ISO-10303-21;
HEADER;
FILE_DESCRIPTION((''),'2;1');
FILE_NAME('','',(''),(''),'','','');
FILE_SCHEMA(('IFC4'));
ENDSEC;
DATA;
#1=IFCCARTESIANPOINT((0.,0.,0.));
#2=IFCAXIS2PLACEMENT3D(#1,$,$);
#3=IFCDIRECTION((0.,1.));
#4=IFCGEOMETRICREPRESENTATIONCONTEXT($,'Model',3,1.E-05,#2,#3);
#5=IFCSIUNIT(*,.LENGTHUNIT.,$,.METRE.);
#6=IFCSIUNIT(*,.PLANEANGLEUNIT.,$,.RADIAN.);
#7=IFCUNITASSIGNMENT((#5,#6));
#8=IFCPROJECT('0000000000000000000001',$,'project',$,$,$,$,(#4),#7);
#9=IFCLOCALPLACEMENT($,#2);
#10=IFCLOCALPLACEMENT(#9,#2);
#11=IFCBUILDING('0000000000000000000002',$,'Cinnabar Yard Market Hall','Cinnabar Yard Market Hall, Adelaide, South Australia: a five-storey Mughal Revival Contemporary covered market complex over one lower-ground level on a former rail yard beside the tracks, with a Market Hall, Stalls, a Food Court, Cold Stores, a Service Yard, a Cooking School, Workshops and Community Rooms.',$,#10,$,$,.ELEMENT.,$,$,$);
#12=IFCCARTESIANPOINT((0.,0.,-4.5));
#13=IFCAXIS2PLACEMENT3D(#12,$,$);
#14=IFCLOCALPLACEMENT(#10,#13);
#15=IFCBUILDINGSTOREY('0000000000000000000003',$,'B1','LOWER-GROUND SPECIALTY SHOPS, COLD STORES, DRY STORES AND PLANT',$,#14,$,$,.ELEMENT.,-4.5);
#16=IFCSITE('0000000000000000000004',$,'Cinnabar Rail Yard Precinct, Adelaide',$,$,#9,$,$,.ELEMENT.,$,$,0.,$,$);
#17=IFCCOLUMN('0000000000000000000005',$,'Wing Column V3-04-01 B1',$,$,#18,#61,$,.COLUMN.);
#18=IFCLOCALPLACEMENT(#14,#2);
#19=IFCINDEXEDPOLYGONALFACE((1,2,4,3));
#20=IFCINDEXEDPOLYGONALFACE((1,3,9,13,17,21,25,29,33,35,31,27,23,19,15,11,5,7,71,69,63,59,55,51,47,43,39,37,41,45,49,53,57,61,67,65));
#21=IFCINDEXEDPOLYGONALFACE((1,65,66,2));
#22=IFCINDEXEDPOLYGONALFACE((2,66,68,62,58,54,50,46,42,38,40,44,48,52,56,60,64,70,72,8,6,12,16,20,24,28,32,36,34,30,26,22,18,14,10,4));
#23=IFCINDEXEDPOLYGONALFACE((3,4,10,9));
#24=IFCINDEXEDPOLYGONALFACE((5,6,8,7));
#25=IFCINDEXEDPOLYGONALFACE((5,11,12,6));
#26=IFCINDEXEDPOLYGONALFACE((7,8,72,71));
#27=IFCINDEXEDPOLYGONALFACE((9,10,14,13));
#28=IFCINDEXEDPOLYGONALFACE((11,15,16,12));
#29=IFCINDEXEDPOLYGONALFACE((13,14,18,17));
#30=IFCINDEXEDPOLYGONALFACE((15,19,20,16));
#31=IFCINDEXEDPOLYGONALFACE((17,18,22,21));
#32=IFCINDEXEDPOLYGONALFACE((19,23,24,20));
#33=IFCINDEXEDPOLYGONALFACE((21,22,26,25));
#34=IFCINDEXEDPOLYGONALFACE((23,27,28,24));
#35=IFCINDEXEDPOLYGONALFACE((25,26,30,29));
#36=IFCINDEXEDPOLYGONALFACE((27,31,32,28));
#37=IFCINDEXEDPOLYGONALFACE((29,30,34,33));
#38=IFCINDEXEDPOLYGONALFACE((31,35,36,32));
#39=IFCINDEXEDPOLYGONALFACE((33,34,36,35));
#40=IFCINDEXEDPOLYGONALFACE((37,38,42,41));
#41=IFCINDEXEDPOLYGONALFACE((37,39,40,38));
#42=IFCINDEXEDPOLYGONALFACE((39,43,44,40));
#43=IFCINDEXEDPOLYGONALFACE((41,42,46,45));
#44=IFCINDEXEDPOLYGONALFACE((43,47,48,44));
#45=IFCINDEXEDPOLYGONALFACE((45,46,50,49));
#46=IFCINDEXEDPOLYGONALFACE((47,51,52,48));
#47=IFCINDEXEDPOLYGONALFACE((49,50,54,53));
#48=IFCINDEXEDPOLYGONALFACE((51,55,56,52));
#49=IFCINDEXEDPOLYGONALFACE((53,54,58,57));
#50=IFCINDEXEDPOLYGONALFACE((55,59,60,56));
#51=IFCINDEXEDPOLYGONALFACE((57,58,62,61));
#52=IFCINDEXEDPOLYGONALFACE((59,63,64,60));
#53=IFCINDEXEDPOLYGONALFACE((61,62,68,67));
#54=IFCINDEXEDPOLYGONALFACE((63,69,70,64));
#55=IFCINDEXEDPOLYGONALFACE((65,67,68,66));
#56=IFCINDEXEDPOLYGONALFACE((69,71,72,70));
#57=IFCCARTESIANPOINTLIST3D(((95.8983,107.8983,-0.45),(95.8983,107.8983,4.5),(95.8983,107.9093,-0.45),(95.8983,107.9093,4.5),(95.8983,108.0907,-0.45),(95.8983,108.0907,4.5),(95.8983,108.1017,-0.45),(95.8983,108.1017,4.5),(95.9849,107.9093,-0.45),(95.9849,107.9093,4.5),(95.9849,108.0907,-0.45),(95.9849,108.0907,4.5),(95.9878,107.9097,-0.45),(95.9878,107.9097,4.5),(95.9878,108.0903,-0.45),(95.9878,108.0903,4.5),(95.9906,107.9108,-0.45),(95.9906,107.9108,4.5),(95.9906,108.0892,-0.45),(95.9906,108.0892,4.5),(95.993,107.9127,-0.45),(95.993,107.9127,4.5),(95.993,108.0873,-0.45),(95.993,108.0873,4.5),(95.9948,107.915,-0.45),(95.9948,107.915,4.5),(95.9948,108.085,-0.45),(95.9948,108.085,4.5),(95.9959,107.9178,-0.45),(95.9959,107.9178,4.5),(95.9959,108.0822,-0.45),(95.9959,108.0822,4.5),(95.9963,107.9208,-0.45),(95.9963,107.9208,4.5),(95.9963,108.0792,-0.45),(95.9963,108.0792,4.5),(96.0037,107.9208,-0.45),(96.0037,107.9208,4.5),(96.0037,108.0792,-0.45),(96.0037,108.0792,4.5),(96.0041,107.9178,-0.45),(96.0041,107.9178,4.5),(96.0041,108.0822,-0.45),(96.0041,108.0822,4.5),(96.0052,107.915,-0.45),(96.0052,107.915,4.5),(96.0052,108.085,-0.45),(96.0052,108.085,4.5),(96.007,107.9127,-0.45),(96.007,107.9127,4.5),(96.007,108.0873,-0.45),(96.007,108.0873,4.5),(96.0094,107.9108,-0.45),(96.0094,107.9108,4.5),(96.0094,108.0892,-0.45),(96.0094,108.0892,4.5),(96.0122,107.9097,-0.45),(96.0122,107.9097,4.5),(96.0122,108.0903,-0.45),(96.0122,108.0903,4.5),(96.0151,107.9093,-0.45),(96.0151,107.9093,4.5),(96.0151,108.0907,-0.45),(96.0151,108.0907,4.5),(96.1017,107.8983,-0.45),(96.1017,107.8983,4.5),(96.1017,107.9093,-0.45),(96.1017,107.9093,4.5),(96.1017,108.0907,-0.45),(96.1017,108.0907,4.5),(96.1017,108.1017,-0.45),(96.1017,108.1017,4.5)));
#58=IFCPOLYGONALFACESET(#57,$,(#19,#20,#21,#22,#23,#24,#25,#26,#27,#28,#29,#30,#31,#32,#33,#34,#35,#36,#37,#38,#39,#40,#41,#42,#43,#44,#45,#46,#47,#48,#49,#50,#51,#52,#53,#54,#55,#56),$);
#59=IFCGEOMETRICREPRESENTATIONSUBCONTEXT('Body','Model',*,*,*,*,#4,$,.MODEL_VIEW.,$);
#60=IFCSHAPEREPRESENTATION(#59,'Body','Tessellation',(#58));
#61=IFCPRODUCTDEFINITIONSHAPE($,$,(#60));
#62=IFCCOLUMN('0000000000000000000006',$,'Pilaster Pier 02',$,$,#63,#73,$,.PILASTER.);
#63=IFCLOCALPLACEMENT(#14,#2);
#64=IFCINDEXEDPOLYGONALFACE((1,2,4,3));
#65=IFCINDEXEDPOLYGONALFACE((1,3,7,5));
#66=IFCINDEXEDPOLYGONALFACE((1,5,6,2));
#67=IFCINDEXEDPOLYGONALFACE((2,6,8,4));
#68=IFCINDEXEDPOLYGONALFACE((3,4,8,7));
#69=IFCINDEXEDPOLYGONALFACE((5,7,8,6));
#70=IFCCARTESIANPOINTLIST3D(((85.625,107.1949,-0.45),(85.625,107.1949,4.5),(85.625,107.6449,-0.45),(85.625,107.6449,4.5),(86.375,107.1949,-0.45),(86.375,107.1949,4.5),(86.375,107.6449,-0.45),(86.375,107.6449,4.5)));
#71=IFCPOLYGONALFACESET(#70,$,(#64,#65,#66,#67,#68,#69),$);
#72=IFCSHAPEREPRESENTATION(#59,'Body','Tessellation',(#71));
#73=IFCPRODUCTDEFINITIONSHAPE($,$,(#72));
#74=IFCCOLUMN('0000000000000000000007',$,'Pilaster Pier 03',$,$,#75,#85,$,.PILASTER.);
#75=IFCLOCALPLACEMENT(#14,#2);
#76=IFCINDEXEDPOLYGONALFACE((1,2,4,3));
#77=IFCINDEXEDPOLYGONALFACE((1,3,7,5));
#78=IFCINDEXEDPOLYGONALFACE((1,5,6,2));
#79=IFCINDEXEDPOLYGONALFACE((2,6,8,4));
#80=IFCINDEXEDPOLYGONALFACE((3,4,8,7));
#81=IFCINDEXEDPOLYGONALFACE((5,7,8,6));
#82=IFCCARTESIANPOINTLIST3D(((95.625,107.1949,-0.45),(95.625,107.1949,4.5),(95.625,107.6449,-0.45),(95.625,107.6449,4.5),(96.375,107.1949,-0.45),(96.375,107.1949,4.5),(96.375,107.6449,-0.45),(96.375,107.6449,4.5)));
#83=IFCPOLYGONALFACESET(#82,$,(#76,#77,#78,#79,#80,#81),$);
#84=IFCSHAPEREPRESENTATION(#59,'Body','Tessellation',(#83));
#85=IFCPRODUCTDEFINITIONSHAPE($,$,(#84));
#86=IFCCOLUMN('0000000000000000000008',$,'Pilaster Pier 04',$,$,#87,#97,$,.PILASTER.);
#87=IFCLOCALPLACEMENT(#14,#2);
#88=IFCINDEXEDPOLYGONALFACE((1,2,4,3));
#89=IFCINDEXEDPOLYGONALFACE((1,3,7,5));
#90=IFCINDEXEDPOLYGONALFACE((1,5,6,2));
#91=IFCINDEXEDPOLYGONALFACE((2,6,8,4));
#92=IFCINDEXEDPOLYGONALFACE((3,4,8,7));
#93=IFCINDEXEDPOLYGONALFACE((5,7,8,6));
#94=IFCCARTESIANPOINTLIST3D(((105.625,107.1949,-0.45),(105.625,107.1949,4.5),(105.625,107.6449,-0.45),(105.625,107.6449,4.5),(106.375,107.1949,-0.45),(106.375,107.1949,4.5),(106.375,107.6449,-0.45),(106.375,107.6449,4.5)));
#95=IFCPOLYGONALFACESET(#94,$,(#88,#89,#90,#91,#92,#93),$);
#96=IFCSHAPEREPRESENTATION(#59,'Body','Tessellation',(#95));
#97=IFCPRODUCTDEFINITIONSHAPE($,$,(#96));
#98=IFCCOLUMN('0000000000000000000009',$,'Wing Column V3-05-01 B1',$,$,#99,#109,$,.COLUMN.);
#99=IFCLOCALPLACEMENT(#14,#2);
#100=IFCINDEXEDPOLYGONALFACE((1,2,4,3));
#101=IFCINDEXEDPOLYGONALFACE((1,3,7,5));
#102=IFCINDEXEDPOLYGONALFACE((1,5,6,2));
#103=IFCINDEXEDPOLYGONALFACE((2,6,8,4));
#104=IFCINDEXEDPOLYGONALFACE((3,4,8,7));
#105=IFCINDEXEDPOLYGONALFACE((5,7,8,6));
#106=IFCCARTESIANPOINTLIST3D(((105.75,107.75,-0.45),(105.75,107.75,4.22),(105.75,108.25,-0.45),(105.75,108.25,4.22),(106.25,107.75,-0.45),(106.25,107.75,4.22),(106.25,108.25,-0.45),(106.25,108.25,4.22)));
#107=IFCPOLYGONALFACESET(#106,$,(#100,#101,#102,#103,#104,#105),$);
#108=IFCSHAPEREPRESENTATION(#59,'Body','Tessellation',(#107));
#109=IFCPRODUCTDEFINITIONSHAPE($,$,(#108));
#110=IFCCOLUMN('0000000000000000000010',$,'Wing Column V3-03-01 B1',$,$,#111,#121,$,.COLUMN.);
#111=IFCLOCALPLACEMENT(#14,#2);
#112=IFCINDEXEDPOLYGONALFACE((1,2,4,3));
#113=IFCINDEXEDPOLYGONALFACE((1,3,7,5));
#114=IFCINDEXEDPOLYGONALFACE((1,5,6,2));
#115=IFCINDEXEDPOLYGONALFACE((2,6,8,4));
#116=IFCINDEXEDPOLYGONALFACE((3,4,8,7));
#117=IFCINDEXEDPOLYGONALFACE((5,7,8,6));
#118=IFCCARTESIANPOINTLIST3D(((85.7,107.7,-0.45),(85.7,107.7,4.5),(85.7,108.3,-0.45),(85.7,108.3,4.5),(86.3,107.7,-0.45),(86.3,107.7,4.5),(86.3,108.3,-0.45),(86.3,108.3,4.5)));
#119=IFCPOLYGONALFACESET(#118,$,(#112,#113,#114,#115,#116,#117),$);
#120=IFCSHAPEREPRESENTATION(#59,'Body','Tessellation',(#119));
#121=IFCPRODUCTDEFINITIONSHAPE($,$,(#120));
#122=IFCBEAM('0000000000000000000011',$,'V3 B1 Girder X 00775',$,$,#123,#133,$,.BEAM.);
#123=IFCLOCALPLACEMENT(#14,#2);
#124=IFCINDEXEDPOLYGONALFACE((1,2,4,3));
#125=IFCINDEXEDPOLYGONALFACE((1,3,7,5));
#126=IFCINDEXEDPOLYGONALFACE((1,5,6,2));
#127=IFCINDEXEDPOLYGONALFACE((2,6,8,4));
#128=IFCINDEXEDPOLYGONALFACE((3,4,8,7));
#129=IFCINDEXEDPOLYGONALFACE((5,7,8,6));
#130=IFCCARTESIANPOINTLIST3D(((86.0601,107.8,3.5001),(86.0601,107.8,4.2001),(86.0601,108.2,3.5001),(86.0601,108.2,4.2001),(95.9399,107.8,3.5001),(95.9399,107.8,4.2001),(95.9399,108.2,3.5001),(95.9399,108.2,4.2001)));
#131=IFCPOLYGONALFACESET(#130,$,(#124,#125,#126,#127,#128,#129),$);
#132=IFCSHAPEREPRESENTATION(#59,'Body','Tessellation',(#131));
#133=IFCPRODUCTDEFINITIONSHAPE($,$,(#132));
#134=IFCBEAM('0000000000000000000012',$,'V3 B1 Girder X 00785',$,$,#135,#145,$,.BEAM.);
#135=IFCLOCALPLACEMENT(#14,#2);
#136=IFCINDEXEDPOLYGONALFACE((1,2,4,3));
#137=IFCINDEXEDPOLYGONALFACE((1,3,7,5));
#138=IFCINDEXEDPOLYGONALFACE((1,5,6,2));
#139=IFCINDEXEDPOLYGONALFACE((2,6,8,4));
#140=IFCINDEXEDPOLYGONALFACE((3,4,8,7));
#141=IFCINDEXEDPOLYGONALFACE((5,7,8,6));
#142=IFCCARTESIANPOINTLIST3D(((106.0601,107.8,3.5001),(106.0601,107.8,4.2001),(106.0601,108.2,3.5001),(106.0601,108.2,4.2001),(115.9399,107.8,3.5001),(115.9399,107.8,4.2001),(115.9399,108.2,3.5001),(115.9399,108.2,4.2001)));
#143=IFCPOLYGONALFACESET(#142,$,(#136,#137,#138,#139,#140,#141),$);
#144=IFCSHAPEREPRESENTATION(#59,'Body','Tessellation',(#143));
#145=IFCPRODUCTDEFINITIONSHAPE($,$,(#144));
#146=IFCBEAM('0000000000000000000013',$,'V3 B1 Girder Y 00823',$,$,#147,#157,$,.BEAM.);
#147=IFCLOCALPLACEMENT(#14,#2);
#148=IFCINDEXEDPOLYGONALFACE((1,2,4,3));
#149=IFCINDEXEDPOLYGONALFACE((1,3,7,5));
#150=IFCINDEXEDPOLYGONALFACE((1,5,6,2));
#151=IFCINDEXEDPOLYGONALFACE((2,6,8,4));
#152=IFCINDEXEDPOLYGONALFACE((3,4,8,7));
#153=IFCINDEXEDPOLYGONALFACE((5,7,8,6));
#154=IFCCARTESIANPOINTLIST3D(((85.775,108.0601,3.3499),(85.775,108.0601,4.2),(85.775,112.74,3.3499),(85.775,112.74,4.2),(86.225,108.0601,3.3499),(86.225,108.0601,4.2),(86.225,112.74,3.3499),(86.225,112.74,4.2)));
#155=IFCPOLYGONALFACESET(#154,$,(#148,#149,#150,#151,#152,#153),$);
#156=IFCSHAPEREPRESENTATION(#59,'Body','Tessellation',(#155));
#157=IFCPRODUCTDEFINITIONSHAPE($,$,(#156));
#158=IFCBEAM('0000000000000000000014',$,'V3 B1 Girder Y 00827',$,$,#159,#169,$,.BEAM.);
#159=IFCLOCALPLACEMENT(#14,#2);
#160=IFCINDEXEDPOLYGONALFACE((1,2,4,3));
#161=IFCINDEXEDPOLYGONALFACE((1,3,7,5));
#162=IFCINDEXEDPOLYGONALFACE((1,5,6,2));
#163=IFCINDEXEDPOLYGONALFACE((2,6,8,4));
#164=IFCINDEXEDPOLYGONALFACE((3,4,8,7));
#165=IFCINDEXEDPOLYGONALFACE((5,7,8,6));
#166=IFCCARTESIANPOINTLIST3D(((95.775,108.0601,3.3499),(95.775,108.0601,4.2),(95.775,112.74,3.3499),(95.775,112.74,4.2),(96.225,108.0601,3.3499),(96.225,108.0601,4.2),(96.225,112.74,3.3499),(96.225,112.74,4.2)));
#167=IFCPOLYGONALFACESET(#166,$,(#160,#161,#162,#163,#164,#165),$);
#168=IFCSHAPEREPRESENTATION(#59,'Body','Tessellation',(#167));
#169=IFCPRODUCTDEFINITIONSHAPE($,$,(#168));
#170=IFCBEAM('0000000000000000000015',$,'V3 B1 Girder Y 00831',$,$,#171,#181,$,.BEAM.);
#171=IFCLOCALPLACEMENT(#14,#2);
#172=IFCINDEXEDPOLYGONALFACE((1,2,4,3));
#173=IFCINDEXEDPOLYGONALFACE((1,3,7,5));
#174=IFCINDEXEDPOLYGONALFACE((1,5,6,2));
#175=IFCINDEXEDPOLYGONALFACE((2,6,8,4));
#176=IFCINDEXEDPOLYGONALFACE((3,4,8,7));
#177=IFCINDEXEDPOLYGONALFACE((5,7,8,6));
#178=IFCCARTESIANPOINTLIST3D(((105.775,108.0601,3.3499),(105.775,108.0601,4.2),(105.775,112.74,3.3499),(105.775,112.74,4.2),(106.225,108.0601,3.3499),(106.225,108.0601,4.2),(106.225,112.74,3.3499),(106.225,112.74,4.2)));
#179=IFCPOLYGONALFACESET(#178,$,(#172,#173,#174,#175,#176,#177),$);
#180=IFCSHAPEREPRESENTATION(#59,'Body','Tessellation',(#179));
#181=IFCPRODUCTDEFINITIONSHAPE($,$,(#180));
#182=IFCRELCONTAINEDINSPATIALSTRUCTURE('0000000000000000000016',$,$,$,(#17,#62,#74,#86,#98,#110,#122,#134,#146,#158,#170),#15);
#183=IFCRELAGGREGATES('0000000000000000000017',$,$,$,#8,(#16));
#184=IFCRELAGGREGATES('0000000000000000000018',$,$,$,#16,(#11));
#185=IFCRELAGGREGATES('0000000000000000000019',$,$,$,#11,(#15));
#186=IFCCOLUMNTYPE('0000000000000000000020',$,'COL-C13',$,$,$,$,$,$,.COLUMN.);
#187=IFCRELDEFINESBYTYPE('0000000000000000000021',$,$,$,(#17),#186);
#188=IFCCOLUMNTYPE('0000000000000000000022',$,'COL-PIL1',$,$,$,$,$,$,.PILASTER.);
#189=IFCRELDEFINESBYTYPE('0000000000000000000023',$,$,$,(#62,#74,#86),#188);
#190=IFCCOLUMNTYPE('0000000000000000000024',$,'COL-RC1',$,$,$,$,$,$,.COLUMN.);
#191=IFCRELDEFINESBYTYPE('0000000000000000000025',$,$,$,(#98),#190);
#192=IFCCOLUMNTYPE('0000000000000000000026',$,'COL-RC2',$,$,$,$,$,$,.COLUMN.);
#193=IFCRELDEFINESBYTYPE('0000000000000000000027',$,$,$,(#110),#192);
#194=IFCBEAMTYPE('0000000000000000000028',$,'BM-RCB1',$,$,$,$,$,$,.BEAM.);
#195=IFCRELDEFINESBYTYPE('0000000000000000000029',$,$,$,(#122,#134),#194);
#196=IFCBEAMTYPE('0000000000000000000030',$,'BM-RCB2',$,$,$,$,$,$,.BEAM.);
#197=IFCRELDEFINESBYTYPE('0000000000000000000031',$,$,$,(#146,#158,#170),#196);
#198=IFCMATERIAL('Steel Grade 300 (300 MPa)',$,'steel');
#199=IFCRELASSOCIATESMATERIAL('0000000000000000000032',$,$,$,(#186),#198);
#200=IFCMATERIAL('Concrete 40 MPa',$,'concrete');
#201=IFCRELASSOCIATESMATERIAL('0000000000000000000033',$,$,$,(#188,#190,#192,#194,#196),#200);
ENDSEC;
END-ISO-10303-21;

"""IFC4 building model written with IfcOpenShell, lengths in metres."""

from ifc_helpers import new_model, si_unit, direction, frame, origin, origin_2d_with_axis, place, context, subcontext, project, spatial, rectangle, i_section, extrude, material, material_profile, profile_set, type_object, element, save


model = new_model("IFC4")

# Units and contexts
model_context = context("Model", 3, precision=1e-05, world=origin(), true_north=direction((0.0, 1.0)))
body_context = subcontext(model_context, "Body", "Model", "MODEL_VIEW")
ifc_project = project(units=[si_unit("LENGTHUNIT", "METRE"), si_unit("PLANEANGLEUNIT", "RADIAN")], contexts=[model_context])

# Site, building, storey
site_placement = place(None, origin())
site = spatial("IfcSite", under=ifc_project, at=site_placement, Name="Cinnabar Rail Yard Precinct, Adelaide", CompositionType="ELEMENT", RefElevation=0.0)
building_placement = place(site_placement, origin())
building = spatial("IfcBuilding", under=site, at=building_placement, Name="Cinnabar Yard Market Hall", Description="Cinnabar Yard Market Hall, Adelaide, South Australia: a five-storey Mughal Revival Contemporary covered market complex over one lower-ground level on a former rail yard beside the tracks, with a Market Hall, Stalls, a Food Court, Cold Stores, a Service Yard, a Cooking School, Workshops and Community Rooms.", CompositionType="ELEMENT")
storey_placement = place(building_placement, frame((0.0, 0.0, -4.5)))
storey = spatial("IfcBuildingStorey", under=building, at=storey_placement, Name="B1", Description="LOWER-GROUND SPECIALTY SHOPS, COLD STORES, DRY STORES AND PLANT", CompositionType="ELEMENT", Elevation=-4.5)

# Shared definitions
ifc_material_1 = material(Name="Concrete 40 MPa", Category="concrete")

# Columns
ifc_material_2 = material(Name="Steel Grade 300 (300 MPa)", Category="steel")
ifc_material_profile_1 = material_profile(ifc_material_2, i_section(OverallWidth=0.2034, OverallDepth=0.2034, WebThickness=0.0073, FlangeThickness=0.011, FilletRadius=0.0115, at=origin_2d_with_axis()), Name="200UC46.2")
ifc_profile_set_1 = profile_set([ifc_material_profile_1], Name="Steel Grade 300 (300 MPa)")
column_type_1 = type_object("IfcColumnType", Name="COL-C13", PredefinedType="COLUMN", material=ifc_profile_set_1)
column_1_placement = place(storey_placement, frame((96.0, 108.0, -0.45), z_axis=(0.0, 0.0, 1.0), x_axis=(1.0, 0.0, 0.0)))
element("IfcColumn", 1, at=column_1_placement, inside=storey, type_object=column_type_1, Name="Wing Column V3-04-01 B1", PredefinedType="COLUMN", context=body_context, shape_type="SweptSolid", body=[
    extrude(i_section(OverallWidth=0.2034, OverallDepth=0.2034, WebThickness=0.0073, FlangeThickness=0.011, FilletRadius=0.0115, at=origin_2d_with_axis()), origin(), (0.0, 0.0, 1.0), 4.95),
])
ifc_material_profile_2 = material_profile(ifc_material_1, rectangle(XDim=0.75, YDim=0.45, at=origin_2d_with_axis()), Name="RC-750x450")
ifc_profile_set_2 = profile_set([ifc_material_profile_2], Name="Concrete 40 MPa")
column_type_2 = type_object("IfcColumnType", Name="COL-PIL1", PredefinedType="PILASTER", material=ifc_profile_set_2)
for number, where, z_axis, x_axis, name in (
    (2, (86.0, 107.4199, -0.45), (0.0, 0.0, 1.0), (1.0, 0.0, 0.0), "Pilaster Pier 02"),
    (3, (96.0, 107.4199, -0.45), (0.0, 0.0, 1.0), (1.0, 0.0, 0.0), "Pilaster Pier 03"),
    (4, (106.0, 107.4199, -0.45), (0.0, 0.0, 1.0), (1.0, 0.0, 0.0), "Pilaster Pier 04"),
):
    element("IfcColumn", number, at=place(storey_placement, frame(where, z_axis=z_axis, x_axis=x_axis)), inside=storey, type_object=column_type_2, Name=name, PredefinedType="PILASTER", context=body_context, shape_type="SweptSolid", body=[
        extrude(rectangle(XDim=0.75, YDim=0.45, at=origin_2d_with_axis()), origin(), (0.0, 0.0, 1.0), 4.95),
    ])
ifc_material_profile_3 = material_profile(ifc_material_1, rectangle(XDim=0.5, YDim=0.5, at=origin_2d_with_axis()), Name="RC-500x500")
ifc_profile_set_3 = profile_set([ifc_material_profile_3], Name="Concrete 40 MPa")
column_type_3 = type_object("IfcColumnType", Name="COL-RC1", PredefinedType="COLUMN", material=ifc_profile_set_3)
column_2_placement = place(storey_placement, frame((106.0, 108.0, -0.45), z_axis=(0.0, 0.0, 1.0), x_axis=(1.0, 0.0, 0.0)))
element("IfcColumn", 5, at=column_2_placement, inside=storey, type_object=column_type_3, Name="Wing Column V3-05-01 B1", PredefinedType="COLUMN", context=body_context, shape_type="SweptSolid", body=[
    extrude(rectangle(XDim=0.5, YDim=0.5, at=origin_2d_with_axis()), origin(), (0.0, 0.0, 1.0), 4.6699),
])
ifc_material_profile_4 = material_profile(ifc_material_1, rectangle(XDim=0.6001, YDim=0.6001, at=origin_2d_with_axis()), Name="RC-600x600")
ifc_profile_set_4 = profile_set([ifc_material_profile_4], Name="Concrete 40 MPa")
column_type_4 = type_object("IfcColumnType", Name="COL-RC2", PredefinedType="COLUMN", material=ifc_profile_set_4)
column_3_placement = place(storey_placement, frame((86.0, 108.0, -0.45), z_axis=(0.0, 0.0, 1.0), x_axis=(1.0, 0.0, 0.0)))
element("IfcColumn", 6, at=column_3_placement, inside=storey, type_object=column_type_4, Name="Wing Column V3-03-01 B1", PredefinedType="COLUMN", context=body_context, shape_type="SweptSolid", body=[
    extrude(rectangle(XDim=0.6001, YDim=0.6001, at=origin_2d_with_axis()), origin(), (0.0, 0.0, 1.0), 4.95),
])

# Beams
ifc_material_profile_5 = material_profile(ifc_material_1, rectangle(XDim=0.3999, YDim=0.7, at=origin_2d_with_axis()), Name="RCB-400x700")
ifc_profile_set_5 = profile_set([ifc_material_profile_5], Name="Concrete 40 MPa")
beam_type_1 = type_object("IfcBeamType", Name="BM-RCB1", PredefinedType="BEAM", material=ifc_profile_set_5)
for number, where, z_axis, x_axis, name in (
    (7, (86.0601, 108.0, 3.8501), (1.0, 0.0, 0.0), (0.0, 1.0, 0.0), "V3 B1 Girder X 00775"),
    (8, (106.0601, 108.0, 3.8501), (1.0, 0.0, 0.0), (0.0, 1.0, 0.0), "V3 B1 Girder X 00785"),
):
    element("IfcBeam", number, at=place(storey_placement, frame(where, z_axis=z_axis, x_axis=x_axis)), inside=storey, type_object=beam_type_1, Name=name, PredefinedType="BEAM", context=body_context, shape_type="SweptSolid", body=[
        extrude(rectangle(XDim=0.3999, YDim=0.7, at=origin_2d_with_axis()), origin(), (0.0, 0.0, 1.0), 9.8799),
    ])
ifc_material_profile_6 = material_profile(ifc_material_1, rectangle(XDim=0.45, YDim=0.8501, at=origin_2d_with_axis()), Name="RCB-450x850")
ifc_profile_set_6 = profile_set([ifc_material_profile_6], Name="Concrete 40 MPa")
beam_type_2 = type_object("IfcBeamType", Name="BM-RCB2", PredefinedType="BEAM", material=ifc_profile_set_6)
for number, where, z_axis, x_axis, name in (
    (9, (86.0, 108.0601, 3.7749), (0.0, 1.0, 0.0), (-1.0, 0.0, 0.0), "V3 B1 Girder Y 00823"),
    (10, (96.0, 108.0601, 3.7749), (0.0, 1.0, 0.0), (-1.0, 0.0, 0.0), "V3 B1 Girder Y 00827"),
    (11, (106.0, 108.0601, 3.7749), (0.0, 1.0, 0.0), (-1.0, 0.0, 0.0), "V3 B1 Girder Y 00831"),
):
    element("IfcBeam", number, at=place(storey_placement, frame(where, z_axis=z_axis, x_axis=x_axis)), inside=storey, type_object=beam_type_2, Name=name, PredefinedType="BEAM", context=body_context, shape_type="SweptSolid", body=[
        extrude(rectangle(XDim=0.45, YDim=0.8501, at=origin_2d_with_axis()), origin(), (0.0, 0.0, 1.0), 4.6799),
    ])

save(model, "model.ifc")
